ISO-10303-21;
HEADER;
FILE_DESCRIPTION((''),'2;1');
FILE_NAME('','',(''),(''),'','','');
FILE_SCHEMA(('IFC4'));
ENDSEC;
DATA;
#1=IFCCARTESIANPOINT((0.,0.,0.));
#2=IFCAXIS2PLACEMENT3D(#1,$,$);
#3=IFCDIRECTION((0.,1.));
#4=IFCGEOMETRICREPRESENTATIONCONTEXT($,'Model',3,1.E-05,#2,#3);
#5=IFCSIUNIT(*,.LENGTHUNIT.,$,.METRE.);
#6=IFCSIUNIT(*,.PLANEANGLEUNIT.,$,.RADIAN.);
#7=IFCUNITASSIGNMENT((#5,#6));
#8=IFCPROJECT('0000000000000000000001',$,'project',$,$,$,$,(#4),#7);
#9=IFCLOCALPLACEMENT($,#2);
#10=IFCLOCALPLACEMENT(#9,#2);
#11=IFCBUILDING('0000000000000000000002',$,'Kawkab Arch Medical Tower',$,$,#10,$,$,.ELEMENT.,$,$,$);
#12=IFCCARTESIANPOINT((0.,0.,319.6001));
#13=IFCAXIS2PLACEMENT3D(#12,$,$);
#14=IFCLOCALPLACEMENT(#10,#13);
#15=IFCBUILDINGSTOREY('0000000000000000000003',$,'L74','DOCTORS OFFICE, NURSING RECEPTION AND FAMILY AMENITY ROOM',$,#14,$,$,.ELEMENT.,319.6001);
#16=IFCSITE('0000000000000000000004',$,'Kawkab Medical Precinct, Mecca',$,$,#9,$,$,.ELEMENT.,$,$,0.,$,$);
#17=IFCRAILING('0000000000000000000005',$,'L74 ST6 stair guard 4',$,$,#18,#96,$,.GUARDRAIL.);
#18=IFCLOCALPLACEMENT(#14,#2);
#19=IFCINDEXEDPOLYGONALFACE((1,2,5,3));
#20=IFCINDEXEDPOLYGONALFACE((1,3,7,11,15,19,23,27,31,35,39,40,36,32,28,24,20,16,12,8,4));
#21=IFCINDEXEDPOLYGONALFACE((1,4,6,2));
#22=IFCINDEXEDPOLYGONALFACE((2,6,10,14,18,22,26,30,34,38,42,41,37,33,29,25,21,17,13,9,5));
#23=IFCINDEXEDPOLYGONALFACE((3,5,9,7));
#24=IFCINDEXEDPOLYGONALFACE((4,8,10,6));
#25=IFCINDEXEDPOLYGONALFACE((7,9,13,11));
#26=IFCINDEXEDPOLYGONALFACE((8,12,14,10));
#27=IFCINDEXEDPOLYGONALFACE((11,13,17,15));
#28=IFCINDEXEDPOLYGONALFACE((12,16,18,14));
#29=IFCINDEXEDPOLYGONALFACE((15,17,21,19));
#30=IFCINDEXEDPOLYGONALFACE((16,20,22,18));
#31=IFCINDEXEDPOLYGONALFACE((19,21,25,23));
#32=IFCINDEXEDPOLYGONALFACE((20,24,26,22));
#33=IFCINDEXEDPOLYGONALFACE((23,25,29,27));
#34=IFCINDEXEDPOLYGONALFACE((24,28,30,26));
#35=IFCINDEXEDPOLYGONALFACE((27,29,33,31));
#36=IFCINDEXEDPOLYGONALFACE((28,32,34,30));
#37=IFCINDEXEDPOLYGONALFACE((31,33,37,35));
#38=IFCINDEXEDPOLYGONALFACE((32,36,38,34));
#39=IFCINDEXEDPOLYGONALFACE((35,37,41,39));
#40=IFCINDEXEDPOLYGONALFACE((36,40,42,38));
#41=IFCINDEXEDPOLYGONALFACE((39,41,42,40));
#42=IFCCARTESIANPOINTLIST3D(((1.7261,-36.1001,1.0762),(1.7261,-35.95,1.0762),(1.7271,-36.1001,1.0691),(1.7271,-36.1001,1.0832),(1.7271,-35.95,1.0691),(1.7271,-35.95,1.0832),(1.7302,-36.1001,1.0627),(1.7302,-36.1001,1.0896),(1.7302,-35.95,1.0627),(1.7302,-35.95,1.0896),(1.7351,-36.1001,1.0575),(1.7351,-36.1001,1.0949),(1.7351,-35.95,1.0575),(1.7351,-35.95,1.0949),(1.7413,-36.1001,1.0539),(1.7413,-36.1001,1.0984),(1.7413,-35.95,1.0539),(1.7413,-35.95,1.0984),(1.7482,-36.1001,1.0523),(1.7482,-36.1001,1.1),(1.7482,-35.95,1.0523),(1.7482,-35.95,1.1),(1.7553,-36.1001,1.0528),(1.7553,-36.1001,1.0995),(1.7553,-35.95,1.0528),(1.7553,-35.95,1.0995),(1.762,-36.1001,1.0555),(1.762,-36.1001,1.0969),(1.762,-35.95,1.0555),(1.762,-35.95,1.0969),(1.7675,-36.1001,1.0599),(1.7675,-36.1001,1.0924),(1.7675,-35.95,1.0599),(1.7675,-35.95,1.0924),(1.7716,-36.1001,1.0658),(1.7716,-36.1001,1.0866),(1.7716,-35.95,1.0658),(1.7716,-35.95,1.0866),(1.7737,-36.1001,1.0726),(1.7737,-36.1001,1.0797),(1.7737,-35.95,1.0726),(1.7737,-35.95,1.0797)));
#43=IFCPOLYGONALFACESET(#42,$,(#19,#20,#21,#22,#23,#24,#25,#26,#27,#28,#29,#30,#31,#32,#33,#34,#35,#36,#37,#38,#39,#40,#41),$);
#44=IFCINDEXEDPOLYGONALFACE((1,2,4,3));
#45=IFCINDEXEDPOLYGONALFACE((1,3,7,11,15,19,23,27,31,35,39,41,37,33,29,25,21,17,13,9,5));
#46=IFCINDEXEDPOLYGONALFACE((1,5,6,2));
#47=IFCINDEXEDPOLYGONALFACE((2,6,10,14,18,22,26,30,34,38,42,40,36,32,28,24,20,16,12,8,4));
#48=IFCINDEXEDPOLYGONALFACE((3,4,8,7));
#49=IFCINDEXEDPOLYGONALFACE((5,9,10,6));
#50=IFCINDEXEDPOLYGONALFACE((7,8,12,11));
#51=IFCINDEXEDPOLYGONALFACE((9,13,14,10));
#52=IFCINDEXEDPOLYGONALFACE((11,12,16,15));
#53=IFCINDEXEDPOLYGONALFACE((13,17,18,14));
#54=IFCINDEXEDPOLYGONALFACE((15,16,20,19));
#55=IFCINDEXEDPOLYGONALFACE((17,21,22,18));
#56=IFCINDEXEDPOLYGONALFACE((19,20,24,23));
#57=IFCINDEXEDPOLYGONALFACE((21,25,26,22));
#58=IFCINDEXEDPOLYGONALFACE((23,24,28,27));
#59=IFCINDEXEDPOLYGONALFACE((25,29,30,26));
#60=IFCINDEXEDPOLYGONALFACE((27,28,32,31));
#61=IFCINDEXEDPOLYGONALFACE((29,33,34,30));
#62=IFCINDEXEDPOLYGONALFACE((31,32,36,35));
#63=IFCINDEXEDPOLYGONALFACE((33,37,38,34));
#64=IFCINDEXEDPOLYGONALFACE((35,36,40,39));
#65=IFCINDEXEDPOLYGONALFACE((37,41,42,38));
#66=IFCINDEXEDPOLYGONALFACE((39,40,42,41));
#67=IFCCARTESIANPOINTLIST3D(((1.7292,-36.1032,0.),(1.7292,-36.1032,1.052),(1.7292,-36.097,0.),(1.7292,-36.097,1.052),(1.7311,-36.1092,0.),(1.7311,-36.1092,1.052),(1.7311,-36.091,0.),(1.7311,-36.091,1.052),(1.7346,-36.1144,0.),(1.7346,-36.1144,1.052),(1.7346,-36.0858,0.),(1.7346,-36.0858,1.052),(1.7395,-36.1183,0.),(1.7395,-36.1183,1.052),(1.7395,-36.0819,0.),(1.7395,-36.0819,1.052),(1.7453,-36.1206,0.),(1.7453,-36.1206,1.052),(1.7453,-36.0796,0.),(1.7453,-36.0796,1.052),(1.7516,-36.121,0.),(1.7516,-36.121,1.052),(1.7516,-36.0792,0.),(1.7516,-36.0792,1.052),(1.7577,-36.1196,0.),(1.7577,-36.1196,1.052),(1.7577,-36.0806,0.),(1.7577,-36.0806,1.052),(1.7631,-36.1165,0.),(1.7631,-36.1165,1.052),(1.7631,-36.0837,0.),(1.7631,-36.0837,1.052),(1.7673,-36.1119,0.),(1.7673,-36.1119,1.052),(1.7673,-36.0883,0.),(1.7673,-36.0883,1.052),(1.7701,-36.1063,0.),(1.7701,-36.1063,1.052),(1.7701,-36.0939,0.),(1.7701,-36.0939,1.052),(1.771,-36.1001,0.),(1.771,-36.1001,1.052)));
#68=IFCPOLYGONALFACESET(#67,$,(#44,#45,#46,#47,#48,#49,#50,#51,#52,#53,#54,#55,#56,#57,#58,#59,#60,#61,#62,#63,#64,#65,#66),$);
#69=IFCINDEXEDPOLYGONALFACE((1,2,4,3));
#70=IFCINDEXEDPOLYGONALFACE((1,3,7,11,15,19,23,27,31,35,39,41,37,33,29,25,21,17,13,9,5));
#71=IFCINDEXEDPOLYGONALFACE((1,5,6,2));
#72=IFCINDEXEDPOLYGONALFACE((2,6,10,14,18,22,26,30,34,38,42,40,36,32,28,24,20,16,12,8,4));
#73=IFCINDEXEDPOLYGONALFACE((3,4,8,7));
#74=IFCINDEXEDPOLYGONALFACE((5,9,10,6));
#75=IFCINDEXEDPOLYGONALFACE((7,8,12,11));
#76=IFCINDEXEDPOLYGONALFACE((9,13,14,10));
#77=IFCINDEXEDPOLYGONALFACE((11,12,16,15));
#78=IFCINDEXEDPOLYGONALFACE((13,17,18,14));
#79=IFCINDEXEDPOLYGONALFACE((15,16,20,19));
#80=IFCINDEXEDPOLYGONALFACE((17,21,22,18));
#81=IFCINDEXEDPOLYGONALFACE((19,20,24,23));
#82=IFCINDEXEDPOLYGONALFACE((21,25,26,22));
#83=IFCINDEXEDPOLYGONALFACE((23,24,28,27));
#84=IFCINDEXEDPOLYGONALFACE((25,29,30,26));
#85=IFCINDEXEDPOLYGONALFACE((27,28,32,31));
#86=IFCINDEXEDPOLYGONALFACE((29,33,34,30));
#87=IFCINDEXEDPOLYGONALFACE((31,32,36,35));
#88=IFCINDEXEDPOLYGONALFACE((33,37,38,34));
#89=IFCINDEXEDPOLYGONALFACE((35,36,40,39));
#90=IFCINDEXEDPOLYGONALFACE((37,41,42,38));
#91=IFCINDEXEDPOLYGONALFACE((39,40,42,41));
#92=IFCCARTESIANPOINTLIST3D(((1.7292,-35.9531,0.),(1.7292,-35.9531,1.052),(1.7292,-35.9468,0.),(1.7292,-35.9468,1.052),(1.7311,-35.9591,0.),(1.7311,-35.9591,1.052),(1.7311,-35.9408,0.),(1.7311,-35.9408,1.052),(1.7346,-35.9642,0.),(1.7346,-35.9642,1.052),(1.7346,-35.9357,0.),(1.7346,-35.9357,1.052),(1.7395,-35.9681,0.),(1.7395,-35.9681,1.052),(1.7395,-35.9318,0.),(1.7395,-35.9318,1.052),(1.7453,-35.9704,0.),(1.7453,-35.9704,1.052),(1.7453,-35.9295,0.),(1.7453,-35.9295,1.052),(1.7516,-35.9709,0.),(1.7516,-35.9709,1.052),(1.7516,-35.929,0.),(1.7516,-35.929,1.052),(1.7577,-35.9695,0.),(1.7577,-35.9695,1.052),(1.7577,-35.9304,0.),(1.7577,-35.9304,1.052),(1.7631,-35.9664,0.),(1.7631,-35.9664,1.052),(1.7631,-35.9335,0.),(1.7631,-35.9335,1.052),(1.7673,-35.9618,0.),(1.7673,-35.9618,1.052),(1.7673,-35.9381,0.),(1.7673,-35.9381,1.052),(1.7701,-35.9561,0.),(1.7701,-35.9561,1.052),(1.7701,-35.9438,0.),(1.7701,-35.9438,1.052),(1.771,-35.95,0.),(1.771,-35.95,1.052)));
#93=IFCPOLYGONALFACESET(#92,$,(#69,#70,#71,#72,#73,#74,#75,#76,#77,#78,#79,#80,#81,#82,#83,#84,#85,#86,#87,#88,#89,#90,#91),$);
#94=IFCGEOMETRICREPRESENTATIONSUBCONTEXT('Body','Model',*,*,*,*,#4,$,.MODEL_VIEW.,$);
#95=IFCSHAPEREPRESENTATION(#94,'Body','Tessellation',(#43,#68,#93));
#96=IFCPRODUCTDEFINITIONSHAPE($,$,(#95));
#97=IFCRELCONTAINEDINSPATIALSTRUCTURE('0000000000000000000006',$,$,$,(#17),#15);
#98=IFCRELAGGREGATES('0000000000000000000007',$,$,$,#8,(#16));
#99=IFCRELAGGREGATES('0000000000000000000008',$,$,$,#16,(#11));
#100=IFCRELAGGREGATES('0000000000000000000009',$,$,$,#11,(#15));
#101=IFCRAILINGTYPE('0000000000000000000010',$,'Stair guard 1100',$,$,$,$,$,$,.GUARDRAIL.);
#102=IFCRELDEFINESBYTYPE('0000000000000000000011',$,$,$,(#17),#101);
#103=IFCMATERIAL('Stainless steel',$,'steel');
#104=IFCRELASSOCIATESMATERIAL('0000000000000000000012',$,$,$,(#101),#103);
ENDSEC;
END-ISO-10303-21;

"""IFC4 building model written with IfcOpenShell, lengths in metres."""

from ifc_helpers import new_model, si_unit, direction, frame, origin, origin_2d, place, context, subcontext, project, spatial, circle, extrude, material, type_object, element, save


model = new_model("IFC4")

# Units and contexts
model_context = context("Model", 3, precision=1e-05, world=origin(), true_north=direction((0.0, 1.0)))
body_context = subcontext(model_context, "Body", "Model", "MODEL_VIEW")
ifc_project = project(units=[si_unit("LENGTHUNIT", "METRE"), si_unit("PLANEANGLEUNIT", "RADIAN")], contexts=[model_context])

# Site, building, storey
site_placement = place(None, origin())
site = spatial("IfcSite", under=ifc_project, at=site_placement, Name="Kawkab Medical Precinct, Mecca", CompositionType="ELEMENT", RefElevation=0.0)
building_placement = place(site_placement, origin())
building = spatial("IfcBuilding", under=site, at=building_placement, Name="Kawkab Arch Medical Tower", CompositionType="ELEMENT")
storey_placement = place(building_placement, frame((0.0, 0.0, 319.6001)))
storey = spatial("IfcBuildingStorey", under=building, at=storey_placement, Name="L74", Description="DOCTORS OFFICE, NURSING RECEPTION AND FAMILY AMENITY ROOM", CompositionType="ELEMENT", Elevation=319.6001)

# Railing
ifc_material_1 = material(Name="Stainless steel", Category="steel")
railing_type_1 = type_object("IfcRailingType", Name="Stair guard 1100", PredefinedType="GUARDRAIL", material=ifc_material_1)
railing_1_placement = place(storey_placement, frame((1.75, -36.1001, 0.0)))
element("IfcRailing", 1, at=railing_1_placement, inside=storey, type_object=railing_type_1, Name="L74 ST6 stair guard 4", PredefinedType="GUARDRAIL", context=body_context, shape_type="SweptSolid", body=[
    extrude(circle(Radius=0.0239, at=origin_2d()), frame((0.0, 0.0, 1.0762), z_axis=(0.0, 1.0, 0.0), x_axis=(-1.0, 0.0, 0.0)), (0.0, 0.0, 1.0), 0.1501),
    extrude(circle(Radius=0.021, at=origin_2d()), origin(), (0.0, 0.0, 1.0), 1.052),
    extrude(circle(Radius=0.021, at=origin_2d()), frame((0.0, 0.1501, 0.0)), (0.0, 0.0, 1.0), 1.052),
])

save(model, "model.ifc")
